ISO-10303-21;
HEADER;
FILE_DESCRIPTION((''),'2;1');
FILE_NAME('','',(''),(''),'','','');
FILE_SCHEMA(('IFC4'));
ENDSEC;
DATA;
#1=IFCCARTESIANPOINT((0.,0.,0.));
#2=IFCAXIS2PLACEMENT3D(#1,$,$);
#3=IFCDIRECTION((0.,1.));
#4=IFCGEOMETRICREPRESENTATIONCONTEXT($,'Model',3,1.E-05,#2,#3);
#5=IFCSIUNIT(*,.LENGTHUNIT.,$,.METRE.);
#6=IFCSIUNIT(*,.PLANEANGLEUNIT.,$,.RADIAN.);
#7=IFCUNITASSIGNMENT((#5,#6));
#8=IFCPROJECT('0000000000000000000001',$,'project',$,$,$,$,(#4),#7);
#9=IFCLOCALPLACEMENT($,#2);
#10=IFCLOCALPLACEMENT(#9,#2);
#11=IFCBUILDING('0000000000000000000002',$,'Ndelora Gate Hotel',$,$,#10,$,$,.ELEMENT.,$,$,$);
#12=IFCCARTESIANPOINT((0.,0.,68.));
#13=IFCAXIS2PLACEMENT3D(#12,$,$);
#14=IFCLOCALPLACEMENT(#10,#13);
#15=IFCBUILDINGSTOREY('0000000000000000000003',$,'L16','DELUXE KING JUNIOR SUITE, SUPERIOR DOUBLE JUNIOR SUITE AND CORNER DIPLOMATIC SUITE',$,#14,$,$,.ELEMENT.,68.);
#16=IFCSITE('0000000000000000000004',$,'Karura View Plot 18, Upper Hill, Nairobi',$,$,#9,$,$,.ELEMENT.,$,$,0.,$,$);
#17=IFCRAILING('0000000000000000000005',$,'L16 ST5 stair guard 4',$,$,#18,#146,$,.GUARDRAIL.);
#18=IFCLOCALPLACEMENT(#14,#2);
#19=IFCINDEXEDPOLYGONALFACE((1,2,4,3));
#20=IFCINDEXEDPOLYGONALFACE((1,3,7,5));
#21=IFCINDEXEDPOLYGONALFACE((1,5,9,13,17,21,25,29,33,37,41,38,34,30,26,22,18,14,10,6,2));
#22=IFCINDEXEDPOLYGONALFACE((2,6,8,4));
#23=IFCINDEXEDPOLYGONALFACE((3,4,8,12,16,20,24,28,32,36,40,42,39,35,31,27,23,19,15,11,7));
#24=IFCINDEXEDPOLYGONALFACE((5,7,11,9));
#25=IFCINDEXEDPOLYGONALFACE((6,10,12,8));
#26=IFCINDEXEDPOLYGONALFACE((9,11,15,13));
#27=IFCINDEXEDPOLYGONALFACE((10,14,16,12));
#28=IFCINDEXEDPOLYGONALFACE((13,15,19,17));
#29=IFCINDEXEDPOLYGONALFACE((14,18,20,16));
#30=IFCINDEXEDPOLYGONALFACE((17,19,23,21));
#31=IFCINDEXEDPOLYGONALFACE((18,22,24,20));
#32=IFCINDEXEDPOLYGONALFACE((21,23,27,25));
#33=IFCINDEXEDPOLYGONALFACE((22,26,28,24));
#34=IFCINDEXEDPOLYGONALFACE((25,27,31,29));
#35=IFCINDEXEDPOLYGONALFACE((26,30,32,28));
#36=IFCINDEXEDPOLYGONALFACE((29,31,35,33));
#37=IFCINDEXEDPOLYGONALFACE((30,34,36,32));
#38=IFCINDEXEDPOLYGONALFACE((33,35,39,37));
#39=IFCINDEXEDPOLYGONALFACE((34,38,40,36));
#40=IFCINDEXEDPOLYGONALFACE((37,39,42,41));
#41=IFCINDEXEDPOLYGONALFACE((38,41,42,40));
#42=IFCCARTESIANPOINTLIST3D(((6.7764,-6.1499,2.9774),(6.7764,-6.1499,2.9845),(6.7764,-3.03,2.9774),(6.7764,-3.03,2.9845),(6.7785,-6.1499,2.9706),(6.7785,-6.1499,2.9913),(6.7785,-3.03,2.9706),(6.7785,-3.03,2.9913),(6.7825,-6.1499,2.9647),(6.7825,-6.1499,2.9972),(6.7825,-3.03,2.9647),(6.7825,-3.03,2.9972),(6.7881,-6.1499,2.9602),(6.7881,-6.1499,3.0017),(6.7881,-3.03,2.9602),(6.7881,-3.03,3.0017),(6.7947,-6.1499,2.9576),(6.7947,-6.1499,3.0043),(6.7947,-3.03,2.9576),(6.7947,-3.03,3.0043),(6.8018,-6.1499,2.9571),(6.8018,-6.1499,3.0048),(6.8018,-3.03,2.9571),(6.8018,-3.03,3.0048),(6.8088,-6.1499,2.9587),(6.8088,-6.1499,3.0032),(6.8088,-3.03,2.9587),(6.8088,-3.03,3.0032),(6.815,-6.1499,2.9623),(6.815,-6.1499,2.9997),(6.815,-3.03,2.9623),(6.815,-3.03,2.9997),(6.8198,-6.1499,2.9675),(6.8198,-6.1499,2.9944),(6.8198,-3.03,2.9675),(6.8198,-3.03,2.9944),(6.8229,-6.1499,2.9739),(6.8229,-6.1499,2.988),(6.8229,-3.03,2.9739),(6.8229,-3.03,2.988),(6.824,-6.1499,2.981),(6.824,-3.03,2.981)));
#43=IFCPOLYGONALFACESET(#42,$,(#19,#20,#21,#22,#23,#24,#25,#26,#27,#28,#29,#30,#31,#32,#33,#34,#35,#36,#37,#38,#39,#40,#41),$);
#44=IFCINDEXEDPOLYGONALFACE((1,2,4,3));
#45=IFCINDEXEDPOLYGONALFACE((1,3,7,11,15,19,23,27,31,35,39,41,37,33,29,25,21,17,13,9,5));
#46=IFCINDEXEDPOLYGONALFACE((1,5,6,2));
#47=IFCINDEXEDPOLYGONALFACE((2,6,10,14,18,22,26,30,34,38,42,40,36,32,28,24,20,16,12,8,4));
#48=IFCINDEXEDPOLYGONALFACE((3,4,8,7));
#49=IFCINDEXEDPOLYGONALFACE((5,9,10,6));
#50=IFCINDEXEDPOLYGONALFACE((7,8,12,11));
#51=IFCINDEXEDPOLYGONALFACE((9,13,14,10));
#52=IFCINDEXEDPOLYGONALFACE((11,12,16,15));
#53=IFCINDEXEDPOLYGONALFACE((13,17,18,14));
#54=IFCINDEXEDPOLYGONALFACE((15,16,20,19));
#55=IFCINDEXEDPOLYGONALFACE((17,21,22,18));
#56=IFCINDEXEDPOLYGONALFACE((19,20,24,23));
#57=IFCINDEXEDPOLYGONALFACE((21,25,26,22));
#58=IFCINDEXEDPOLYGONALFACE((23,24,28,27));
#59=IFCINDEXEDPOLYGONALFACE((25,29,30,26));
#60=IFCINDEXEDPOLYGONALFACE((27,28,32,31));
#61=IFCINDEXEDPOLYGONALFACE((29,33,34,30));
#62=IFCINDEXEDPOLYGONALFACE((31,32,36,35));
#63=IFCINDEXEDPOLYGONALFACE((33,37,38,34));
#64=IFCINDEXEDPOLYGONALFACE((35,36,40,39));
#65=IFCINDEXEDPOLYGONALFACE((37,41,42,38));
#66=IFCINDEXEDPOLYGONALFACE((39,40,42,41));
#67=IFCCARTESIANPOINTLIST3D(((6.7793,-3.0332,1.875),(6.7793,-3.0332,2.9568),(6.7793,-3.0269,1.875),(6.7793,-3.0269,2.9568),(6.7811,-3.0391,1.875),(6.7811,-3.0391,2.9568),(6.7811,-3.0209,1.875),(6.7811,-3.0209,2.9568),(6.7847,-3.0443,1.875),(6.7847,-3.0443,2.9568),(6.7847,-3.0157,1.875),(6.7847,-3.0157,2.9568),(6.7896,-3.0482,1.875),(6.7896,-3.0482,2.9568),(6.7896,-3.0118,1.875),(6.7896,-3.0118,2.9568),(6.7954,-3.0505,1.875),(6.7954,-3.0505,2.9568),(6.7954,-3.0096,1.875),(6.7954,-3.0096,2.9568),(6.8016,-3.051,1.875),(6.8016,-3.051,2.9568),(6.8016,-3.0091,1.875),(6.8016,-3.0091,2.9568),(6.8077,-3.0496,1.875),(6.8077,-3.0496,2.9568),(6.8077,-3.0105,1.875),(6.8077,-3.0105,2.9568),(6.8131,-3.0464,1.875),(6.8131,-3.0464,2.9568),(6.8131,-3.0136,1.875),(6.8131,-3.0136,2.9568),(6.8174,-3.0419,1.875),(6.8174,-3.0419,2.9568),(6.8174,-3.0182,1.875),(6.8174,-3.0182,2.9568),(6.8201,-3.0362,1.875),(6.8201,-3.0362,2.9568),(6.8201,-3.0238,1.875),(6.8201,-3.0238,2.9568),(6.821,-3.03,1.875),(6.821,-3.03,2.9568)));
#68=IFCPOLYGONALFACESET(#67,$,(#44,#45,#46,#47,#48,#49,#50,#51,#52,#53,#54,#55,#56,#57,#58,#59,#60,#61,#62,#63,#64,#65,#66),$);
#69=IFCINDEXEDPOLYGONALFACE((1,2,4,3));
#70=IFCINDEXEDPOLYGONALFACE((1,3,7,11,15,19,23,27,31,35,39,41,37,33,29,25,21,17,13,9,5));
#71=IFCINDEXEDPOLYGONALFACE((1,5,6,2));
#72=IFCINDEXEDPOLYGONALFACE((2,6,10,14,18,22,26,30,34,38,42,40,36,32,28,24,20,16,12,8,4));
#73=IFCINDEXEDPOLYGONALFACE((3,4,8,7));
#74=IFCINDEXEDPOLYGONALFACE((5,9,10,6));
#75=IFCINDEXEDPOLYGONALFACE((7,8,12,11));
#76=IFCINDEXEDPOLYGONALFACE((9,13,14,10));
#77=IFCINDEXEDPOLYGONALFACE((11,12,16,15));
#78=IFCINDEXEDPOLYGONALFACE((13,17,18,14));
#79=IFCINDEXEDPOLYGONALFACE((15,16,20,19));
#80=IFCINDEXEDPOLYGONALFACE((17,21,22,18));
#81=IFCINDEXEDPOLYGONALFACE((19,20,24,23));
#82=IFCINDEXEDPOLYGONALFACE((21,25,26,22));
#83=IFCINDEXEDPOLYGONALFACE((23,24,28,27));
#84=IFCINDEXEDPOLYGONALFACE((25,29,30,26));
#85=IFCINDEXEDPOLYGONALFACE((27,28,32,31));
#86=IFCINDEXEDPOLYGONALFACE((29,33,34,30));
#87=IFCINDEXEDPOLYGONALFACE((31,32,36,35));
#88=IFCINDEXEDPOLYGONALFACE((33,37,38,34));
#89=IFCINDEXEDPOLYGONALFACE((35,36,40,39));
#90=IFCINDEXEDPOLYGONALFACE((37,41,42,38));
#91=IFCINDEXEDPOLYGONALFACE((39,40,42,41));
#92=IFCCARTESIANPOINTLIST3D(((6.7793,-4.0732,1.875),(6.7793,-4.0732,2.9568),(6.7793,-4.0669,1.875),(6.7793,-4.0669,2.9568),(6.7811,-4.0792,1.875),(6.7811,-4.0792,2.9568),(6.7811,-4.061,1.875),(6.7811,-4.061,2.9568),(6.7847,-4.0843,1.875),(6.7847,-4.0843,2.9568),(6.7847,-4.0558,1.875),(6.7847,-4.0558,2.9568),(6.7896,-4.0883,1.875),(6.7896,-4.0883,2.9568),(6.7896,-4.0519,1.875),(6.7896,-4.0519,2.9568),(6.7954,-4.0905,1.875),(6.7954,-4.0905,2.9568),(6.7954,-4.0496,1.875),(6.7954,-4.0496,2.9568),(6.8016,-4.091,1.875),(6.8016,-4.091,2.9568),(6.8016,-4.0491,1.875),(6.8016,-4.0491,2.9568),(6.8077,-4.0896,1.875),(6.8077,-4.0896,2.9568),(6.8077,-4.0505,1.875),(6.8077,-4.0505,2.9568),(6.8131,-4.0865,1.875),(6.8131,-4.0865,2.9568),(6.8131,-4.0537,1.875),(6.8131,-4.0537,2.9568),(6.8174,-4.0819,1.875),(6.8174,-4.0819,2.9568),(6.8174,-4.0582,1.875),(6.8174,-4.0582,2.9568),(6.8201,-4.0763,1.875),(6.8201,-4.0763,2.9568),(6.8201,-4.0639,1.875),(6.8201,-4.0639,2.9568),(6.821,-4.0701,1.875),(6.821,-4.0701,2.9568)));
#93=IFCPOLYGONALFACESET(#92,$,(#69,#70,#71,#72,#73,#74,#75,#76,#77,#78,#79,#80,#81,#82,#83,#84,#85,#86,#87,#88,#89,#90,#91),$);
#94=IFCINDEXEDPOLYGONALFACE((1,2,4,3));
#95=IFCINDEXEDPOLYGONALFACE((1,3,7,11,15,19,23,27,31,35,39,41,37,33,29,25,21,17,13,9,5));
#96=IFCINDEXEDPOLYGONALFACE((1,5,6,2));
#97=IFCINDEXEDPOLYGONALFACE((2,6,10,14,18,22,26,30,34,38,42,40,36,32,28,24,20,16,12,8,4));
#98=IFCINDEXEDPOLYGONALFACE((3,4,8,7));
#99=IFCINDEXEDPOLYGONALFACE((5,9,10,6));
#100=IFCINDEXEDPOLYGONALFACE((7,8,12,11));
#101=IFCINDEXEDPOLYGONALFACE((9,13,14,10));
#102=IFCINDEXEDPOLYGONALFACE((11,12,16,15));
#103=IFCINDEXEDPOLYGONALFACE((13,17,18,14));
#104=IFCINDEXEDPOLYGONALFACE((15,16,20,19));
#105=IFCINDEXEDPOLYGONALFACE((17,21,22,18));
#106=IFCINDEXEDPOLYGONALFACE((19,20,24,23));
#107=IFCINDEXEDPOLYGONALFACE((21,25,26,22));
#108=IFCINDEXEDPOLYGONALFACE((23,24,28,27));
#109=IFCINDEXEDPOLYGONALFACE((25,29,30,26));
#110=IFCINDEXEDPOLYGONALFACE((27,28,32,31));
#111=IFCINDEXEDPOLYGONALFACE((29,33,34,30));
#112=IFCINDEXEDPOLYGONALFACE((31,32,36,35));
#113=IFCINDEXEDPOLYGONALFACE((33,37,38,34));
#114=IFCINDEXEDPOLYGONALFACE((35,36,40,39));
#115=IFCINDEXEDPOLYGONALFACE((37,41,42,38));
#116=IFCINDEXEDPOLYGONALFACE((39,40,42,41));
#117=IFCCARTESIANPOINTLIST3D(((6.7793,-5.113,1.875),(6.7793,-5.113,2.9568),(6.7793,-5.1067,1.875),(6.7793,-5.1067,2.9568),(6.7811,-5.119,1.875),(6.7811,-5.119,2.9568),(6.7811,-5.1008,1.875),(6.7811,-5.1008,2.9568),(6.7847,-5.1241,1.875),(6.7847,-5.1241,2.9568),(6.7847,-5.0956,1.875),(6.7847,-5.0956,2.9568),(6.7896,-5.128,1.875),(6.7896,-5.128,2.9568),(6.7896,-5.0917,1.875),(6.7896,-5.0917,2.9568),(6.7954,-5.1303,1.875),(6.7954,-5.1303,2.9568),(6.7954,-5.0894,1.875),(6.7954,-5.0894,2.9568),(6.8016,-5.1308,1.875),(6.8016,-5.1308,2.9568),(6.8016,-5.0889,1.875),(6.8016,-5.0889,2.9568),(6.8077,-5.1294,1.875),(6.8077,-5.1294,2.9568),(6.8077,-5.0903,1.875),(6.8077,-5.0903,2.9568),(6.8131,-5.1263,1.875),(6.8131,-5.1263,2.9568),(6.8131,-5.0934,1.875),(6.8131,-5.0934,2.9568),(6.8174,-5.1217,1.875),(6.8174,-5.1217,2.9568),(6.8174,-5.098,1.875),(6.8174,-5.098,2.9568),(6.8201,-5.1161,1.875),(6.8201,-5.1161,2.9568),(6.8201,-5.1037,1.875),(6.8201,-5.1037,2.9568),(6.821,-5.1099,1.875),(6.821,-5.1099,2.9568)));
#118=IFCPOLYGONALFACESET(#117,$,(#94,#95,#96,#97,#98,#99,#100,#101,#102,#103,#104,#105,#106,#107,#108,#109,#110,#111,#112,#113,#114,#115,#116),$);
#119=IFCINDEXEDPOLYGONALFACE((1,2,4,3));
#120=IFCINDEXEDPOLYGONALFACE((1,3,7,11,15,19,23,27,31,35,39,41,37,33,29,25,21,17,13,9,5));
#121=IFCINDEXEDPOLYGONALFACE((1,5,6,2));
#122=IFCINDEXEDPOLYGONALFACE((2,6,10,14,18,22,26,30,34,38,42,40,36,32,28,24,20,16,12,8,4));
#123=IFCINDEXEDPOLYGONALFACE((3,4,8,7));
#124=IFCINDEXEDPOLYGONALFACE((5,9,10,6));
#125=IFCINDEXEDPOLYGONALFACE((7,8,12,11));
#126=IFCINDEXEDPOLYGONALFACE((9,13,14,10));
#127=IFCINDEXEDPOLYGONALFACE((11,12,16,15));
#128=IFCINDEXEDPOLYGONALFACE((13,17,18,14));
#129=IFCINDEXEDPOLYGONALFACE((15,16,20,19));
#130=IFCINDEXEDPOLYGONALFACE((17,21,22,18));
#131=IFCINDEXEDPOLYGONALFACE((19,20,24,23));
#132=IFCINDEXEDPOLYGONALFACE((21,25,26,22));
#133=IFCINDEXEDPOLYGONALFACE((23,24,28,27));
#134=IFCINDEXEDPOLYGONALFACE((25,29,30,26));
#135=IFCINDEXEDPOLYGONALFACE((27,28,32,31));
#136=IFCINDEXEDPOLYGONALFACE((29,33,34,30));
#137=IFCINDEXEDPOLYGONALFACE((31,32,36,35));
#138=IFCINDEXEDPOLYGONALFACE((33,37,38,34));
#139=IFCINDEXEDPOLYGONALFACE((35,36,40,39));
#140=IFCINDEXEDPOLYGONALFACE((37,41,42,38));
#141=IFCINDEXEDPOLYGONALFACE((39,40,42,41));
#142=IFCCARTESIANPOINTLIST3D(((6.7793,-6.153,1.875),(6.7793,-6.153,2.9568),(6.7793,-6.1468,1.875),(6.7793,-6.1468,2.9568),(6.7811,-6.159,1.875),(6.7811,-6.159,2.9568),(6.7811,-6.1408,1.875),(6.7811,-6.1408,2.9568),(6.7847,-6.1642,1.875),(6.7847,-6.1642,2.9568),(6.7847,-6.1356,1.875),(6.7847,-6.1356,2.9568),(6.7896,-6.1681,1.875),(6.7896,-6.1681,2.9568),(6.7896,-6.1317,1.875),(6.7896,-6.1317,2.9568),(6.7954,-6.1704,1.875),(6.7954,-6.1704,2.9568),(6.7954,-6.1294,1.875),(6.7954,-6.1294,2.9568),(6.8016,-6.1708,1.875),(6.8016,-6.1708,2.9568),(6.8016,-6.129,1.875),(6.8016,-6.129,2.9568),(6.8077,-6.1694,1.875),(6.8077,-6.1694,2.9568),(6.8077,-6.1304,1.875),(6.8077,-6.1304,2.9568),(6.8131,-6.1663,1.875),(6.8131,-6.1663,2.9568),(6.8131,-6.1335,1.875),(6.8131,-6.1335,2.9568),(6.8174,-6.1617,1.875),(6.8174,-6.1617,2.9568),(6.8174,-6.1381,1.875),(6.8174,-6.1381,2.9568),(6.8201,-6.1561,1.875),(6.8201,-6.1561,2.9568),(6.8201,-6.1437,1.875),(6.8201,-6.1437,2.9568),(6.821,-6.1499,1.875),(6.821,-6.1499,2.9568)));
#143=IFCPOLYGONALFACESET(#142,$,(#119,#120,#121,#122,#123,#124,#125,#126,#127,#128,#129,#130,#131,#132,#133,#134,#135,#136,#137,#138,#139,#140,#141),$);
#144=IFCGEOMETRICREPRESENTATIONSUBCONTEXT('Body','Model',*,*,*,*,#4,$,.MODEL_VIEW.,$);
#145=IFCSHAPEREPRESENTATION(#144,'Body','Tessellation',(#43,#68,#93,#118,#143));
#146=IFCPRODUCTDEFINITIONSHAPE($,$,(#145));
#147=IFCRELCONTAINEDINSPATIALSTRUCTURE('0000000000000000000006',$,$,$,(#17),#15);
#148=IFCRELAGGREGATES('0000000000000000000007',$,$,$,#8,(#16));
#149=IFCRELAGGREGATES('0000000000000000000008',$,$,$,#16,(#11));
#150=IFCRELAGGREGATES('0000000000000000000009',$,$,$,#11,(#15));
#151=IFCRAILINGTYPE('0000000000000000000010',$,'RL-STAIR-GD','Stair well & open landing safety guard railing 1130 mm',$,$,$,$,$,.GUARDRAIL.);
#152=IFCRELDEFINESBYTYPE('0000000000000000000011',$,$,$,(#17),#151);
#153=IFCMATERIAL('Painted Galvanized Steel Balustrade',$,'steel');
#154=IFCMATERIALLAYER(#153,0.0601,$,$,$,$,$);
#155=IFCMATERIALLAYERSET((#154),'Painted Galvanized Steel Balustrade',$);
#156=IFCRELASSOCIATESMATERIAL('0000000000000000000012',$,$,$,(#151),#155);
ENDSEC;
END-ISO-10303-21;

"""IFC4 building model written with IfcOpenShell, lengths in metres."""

from ifc_helpers import new_model, si_unit, direction, frame, origin, origin_2d, place, context, subcontext, project, spatial, circle, extrude, material, layer, layer_set, type_object, element, save


model = new_model("IFC4")

# Units and contexts
model_context = context("Model", 3, precision=1e-05, world=origin(), true_north=direction((0.0, 1.0)))
body_context = subcontext(model_context, "Body", "Model", "MODEL_VIEW")
ifc_project = project(units=[si_unit("LENGTHUNIT", "METRE"), si_unit("PLANEANGLEUNIT", "RADIAN")], contexts=[model_context])

# Site, building, storey
site_placement = place(None, origin())
site = spatial("IfcSite", under=ifc_project, at=site_placement, Name="Karura View Plot 18, Upper Hill, Nairobi", CompositionType="ELEMENT", RefElevation=0.0)
building_placement = place(site_placement, origin())
building = spatial("IfcBuilding", under=site, at=building_placement, Name="Ndelora Gate Hotel", CompositionType="ELEMENT")
storey_placement = place(building_placement, frame((0.0, 0.0, 68.0)))
storey = spatial("IfcBuildingStorey", under=building, at=storey_placement, Name="L16", Description="DELUXE KING JUNIOR SUITE, SUPERIOR DOUBLE JUNIOR SUITE AND CORNER DIPLOMATIC SUITE", CompositionType="ELEMENT", Elevation=68.0)

# Railing
ifc_material_1 = material(Name="Painted Galvanized Steel Balustrade", Category="steel")
ifc_layer_1 = layer(ifc_material_1, 0.0601)
ifc_layer_set_1 = layer_set([ifc_layer_1], Name="Painted Galvanized Steel Balustrade")
railing_type = type_object("IfcRailingType", Name="RL-STAIR-GD", Description="Stair well & open landing safety guard railing 1130 mm", PredefinedType="GUARDRAIL", material=ifc_layer_set_1)
for number, where, name in (
    (1, (6.8, -3.03, 1.875), "L16 ST5 stair guard 4"),
):
    element("IfcRailing", number, at=place(storey_placement, frame(where)), inside=storey, type_object=railing_type, Name=name, PredefinedType="GUARDRAIL", context=body_context, shape_type="SweptSolid", body=[
        extrude(circle(Radius=0.0239, at=origin_2d()), frame((0.0, 0.0, 1.106), z_axis=(0.0, -1.0, 0.0), x_axis=(1.0, 0.0, 0.0)), (0.0, 0.0, 1.0), 3.1199),
        extrude(circle(Radius=0.021, at=origin_2d()), origin(), (0.0, 0.0, 1.0), 1.0818),
        extrude(circle(Radius=0.021, at=origin_2d()), frame((0.0, -1.04, 0.0)), (0.0, 0.0, 1.0), 1.0818),
        extrude(circle(Radius=0.021, at=origin_2d()), frame((0.0, -2.0798, 0.0)), (0.0, 0.0, 1.0), 1.0818),
        extrude(circle(Radius=0.021, at=origin_2d()), frame((0.0, -3.1199, 0.0)), (0.0, 0.0, 1.0), 1.0818),
    ])

save(model, "model.ifc")
